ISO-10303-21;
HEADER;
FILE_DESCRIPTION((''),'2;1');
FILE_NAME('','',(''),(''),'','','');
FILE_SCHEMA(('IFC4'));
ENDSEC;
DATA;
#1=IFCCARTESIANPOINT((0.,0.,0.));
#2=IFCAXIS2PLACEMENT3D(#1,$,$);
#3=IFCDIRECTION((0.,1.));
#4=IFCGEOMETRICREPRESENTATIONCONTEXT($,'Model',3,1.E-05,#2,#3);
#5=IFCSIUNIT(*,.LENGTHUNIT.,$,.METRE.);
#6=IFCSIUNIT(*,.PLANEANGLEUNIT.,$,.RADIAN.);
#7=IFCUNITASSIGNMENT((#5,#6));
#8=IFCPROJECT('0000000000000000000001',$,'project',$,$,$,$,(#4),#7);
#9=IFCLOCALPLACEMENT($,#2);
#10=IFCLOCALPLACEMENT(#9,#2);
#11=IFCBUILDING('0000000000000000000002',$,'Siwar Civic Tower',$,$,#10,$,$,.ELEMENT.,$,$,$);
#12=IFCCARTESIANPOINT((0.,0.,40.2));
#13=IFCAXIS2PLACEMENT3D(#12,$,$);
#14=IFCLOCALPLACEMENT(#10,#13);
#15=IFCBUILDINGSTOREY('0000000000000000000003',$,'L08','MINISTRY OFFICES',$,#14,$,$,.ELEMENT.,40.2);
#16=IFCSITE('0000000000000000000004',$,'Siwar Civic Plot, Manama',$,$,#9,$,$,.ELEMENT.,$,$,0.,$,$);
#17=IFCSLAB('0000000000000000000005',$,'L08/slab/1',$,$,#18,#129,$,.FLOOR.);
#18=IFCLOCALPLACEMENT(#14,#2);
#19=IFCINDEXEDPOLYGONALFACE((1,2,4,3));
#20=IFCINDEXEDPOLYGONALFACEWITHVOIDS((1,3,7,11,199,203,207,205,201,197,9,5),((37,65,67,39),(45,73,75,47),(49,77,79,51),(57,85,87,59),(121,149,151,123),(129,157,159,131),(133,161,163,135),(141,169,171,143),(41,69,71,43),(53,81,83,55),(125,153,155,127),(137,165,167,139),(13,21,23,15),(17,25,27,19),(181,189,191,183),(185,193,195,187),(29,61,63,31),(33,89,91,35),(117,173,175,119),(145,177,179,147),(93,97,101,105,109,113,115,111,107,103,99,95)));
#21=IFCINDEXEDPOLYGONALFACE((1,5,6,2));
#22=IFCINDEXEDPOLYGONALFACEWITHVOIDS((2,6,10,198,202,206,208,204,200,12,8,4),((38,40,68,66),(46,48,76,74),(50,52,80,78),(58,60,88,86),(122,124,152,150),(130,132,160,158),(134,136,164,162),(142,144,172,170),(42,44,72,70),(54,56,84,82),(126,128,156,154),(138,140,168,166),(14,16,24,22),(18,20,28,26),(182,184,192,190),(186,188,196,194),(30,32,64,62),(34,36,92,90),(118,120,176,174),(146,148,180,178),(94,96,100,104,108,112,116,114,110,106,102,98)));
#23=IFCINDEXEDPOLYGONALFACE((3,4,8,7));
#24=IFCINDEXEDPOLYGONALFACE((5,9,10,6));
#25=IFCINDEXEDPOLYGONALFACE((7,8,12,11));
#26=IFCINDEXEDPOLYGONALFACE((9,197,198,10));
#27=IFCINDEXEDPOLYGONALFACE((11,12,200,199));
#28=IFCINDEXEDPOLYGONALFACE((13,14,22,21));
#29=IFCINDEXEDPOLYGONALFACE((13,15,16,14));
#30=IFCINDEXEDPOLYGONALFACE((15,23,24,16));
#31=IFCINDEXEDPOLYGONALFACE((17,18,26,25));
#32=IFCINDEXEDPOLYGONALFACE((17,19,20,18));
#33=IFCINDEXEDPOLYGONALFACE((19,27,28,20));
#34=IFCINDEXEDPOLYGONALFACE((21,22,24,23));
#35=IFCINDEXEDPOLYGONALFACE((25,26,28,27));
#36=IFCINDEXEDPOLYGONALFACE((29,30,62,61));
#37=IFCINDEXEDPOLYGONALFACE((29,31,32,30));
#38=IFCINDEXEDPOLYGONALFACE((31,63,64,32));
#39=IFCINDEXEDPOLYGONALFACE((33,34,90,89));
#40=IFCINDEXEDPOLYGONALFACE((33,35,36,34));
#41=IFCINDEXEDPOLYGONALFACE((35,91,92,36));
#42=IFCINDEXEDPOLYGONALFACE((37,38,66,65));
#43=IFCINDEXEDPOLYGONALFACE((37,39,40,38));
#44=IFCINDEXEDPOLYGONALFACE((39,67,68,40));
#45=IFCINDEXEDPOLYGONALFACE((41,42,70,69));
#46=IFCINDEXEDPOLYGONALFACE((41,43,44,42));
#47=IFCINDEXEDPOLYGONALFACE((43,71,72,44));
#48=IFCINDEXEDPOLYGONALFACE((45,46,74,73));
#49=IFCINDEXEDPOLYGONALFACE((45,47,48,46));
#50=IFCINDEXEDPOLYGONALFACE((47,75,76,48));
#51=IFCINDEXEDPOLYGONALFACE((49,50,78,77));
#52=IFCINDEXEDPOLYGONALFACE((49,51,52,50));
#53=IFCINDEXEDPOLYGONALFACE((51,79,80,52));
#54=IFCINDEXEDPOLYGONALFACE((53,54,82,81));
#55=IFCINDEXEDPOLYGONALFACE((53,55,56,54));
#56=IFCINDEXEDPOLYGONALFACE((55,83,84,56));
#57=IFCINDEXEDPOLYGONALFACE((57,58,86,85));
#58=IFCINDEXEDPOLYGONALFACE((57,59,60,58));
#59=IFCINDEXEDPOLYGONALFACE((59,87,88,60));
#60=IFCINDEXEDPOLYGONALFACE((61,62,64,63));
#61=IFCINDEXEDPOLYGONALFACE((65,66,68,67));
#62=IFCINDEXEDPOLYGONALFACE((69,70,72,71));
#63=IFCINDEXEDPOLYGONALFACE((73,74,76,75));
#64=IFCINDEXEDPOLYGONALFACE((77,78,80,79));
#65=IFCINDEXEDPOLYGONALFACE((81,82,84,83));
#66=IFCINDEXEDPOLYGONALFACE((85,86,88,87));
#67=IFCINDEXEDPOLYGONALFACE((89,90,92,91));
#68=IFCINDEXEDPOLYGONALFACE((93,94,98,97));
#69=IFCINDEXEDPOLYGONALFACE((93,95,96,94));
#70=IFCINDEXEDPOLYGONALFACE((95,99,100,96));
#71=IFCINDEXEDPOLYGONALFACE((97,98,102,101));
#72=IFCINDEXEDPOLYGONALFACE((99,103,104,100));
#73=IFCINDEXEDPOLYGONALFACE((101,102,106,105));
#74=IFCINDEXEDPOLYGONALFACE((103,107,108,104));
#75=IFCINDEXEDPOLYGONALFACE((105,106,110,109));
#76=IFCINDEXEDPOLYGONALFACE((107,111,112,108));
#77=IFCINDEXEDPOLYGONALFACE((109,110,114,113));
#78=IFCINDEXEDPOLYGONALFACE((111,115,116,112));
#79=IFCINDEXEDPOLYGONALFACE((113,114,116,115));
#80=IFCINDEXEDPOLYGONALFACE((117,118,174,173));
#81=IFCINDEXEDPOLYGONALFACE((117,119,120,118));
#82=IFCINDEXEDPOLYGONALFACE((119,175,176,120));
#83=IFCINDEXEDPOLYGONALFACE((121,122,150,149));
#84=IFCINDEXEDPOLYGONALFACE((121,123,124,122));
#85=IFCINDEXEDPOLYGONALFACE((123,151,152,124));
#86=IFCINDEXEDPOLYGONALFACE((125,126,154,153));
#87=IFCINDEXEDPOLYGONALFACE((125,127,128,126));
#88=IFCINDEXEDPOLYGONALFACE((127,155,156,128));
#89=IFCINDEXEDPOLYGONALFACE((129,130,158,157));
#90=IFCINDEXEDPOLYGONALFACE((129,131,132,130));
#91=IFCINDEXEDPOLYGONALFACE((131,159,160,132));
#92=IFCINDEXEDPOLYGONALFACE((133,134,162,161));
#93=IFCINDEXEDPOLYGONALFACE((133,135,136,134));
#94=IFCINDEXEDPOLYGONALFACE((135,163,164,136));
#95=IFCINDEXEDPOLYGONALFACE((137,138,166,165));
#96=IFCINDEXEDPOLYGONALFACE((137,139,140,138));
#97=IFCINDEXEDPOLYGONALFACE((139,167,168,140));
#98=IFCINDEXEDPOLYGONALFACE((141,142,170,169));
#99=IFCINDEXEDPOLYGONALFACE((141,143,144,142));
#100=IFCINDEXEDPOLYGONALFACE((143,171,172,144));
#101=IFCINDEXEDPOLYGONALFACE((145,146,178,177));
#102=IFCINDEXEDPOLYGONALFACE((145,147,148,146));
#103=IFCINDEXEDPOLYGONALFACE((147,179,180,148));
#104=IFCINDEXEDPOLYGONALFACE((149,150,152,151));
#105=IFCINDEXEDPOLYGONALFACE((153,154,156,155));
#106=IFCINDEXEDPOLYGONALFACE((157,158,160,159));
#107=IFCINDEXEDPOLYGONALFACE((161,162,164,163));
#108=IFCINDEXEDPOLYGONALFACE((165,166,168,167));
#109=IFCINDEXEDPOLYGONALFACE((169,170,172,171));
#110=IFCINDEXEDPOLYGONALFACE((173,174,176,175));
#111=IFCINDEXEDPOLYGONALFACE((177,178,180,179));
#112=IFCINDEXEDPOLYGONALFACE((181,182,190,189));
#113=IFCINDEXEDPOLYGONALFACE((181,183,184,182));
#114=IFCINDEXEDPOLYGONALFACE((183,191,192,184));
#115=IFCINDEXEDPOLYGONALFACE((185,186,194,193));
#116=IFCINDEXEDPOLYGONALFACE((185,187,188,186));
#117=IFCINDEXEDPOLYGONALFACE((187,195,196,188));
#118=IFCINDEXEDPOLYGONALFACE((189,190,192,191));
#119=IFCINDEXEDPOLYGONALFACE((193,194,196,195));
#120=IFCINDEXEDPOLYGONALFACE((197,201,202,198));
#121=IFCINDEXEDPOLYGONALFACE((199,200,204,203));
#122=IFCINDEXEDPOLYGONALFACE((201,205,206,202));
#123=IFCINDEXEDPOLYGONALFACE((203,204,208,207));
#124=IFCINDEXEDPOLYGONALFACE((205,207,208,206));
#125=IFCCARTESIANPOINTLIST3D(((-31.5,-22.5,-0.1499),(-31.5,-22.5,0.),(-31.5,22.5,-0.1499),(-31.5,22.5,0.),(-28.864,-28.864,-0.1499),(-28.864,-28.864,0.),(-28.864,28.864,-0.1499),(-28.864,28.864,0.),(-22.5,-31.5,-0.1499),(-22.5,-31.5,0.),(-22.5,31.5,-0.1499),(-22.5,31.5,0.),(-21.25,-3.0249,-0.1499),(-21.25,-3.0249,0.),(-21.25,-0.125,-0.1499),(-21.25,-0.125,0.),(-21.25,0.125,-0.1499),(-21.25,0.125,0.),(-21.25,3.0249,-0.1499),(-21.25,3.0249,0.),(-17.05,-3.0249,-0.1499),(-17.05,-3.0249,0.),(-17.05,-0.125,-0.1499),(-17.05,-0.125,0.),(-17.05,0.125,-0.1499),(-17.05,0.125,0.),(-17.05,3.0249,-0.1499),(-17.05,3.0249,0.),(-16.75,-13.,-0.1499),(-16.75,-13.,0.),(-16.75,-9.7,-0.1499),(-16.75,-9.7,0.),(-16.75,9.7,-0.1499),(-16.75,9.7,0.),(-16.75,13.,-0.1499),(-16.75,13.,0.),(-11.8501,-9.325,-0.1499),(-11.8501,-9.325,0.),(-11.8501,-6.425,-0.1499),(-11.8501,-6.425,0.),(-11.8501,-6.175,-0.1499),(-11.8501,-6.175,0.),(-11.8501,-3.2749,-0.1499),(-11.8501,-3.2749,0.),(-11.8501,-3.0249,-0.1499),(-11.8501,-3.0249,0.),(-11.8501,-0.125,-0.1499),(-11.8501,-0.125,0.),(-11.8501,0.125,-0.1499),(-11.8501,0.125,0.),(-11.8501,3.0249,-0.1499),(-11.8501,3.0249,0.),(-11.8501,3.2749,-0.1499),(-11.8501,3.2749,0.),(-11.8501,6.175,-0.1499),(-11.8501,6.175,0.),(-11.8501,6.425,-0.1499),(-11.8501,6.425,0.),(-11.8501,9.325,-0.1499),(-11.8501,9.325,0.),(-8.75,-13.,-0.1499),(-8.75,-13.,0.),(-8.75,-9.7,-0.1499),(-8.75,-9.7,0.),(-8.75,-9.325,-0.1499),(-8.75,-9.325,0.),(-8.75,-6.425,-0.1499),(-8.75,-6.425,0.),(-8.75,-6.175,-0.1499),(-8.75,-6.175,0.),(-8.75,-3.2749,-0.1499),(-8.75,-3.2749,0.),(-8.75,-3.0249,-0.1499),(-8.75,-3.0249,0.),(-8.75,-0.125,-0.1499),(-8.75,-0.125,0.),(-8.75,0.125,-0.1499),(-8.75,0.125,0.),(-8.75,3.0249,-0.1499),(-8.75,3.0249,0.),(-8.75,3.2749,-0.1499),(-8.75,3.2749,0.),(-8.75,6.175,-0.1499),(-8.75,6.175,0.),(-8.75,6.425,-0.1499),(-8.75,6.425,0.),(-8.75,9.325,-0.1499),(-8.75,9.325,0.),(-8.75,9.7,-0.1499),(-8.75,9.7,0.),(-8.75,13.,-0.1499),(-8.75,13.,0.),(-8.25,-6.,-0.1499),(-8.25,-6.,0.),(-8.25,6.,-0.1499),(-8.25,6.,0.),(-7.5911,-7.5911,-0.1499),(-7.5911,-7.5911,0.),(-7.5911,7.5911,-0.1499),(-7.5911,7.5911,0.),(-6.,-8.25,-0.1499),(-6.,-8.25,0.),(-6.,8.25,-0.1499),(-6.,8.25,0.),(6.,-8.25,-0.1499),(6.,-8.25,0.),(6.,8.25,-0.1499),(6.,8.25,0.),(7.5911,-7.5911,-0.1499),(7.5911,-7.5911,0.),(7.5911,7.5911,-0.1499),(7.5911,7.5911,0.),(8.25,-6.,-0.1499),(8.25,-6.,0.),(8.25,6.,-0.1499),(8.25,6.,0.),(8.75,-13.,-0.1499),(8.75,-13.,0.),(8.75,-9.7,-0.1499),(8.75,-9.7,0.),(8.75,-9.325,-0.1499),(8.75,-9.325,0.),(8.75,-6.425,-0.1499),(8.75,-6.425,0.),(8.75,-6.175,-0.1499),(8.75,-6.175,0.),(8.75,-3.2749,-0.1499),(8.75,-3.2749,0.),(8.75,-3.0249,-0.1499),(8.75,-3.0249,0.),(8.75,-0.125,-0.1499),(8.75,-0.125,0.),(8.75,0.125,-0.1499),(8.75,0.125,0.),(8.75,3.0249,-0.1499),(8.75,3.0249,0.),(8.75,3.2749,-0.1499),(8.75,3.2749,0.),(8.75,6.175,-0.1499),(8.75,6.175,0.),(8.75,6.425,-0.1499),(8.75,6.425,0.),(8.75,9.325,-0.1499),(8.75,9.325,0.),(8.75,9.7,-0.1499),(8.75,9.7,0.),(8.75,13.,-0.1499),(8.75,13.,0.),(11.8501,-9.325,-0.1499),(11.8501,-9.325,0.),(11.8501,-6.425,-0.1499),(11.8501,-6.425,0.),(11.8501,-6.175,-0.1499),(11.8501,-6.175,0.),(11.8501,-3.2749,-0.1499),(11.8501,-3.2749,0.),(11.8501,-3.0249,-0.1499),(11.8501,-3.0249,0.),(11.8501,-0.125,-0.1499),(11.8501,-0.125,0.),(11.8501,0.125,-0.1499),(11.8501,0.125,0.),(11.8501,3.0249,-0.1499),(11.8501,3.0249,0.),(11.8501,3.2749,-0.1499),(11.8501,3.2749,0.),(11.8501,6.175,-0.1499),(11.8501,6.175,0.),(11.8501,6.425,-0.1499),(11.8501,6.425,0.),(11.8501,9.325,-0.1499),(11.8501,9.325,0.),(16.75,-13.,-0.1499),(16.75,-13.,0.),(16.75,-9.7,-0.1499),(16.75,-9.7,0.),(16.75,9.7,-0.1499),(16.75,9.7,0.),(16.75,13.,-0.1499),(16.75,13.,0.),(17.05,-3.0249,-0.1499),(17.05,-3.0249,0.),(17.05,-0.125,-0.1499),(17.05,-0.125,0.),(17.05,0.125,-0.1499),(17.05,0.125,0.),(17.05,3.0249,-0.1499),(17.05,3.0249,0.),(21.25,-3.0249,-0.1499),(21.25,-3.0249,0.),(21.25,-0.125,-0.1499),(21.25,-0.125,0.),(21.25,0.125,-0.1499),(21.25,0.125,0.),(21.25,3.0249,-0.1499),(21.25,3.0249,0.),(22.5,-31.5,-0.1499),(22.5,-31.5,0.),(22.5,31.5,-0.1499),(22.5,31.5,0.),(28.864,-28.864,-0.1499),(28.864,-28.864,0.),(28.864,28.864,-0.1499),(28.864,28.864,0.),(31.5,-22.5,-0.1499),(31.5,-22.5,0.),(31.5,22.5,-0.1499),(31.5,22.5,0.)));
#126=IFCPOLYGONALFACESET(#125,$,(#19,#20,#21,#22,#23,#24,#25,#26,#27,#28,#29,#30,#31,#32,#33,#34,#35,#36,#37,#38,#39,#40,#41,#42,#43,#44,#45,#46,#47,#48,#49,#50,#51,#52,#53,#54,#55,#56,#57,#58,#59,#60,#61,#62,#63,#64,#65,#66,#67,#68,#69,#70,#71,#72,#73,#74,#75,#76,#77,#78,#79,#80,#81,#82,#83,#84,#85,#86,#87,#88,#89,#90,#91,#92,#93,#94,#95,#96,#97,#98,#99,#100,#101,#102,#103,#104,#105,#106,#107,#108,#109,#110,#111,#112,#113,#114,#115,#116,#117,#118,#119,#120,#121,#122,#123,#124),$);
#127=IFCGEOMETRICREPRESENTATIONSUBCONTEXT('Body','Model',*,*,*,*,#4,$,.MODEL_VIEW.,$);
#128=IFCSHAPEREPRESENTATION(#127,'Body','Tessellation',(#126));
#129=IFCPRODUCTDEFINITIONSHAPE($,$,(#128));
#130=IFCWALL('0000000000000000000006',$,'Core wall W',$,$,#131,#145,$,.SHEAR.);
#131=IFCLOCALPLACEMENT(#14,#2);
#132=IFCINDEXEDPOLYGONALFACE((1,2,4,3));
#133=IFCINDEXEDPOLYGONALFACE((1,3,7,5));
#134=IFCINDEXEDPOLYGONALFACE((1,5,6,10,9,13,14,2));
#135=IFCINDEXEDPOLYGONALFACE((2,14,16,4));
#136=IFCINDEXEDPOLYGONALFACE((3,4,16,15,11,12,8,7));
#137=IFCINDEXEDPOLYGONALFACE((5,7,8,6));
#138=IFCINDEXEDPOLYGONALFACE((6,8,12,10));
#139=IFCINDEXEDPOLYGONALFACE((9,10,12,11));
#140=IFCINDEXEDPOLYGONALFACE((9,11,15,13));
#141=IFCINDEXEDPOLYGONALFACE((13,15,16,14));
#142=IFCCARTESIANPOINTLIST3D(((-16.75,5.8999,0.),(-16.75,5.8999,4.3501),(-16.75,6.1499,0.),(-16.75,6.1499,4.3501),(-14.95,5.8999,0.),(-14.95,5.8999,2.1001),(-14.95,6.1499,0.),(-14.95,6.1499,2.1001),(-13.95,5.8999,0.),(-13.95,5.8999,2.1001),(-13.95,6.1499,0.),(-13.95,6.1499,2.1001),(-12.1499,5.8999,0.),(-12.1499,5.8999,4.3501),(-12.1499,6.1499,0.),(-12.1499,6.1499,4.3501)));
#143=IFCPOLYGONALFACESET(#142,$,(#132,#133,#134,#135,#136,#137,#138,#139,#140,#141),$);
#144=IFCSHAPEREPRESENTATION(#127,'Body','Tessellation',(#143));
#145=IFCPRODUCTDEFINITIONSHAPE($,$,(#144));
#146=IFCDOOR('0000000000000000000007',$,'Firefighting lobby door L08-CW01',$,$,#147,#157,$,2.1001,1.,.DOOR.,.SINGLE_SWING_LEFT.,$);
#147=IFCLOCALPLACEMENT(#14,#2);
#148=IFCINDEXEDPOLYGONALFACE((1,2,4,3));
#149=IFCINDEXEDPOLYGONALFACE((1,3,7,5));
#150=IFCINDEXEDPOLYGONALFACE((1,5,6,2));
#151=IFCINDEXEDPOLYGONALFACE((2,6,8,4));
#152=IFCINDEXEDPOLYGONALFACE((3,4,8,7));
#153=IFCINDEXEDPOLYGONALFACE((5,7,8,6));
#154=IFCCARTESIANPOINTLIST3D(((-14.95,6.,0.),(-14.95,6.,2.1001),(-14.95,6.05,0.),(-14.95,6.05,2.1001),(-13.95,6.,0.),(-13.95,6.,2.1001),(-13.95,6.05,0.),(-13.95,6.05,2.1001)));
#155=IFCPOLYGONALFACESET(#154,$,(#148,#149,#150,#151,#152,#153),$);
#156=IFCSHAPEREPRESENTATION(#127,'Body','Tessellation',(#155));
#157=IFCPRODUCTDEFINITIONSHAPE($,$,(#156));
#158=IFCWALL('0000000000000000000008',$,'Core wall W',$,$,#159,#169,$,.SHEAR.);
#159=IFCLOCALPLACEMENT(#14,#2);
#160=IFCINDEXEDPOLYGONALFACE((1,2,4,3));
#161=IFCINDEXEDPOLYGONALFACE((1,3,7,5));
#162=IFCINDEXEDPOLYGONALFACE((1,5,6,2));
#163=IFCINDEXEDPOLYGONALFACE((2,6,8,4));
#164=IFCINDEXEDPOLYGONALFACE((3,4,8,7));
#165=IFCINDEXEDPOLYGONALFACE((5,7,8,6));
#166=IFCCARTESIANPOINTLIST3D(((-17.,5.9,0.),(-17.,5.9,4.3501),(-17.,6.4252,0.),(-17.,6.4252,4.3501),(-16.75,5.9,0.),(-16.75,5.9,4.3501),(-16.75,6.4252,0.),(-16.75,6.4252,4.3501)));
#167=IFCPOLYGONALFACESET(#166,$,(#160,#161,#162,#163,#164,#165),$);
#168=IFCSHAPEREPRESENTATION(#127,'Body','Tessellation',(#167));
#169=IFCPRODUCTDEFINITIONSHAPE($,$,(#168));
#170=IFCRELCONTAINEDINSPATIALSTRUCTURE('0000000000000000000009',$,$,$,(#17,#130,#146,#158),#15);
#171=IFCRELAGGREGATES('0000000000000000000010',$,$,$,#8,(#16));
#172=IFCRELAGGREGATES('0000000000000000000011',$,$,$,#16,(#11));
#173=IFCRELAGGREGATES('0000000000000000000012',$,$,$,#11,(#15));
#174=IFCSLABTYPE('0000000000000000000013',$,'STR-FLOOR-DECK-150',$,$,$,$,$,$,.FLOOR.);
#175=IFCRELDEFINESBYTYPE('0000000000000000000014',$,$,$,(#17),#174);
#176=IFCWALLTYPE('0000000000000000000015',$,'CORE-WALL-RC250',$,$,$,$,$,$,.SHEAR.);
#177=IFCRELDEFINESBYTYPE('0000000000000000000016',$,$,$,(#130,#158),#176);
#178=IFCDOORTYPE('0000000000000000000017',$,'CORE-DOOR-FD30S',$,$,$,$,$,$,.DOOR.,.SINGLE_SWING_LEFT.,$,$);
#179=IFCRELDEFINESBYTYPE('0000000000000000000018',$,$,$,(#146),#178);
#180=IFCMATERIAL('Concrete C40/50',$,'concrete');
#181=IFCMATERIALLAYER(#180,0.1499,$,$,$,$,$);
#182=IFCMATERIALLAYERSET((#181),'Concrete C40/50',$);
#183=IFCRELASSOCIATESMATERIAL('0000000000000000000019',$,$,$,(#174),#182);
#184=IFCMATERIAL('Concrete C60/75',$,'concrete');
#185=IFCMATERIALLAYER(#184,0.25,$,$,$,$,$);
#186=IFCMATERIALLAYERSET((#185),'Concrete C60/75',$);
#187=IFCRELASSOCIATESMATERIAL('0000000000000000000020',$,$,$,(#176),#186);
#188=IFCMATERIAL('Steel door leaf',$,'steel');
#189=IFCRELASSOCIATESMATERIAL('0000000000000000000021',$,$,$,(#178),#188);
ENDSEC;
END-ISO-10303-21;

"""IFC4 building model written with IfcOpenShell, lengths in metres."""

from ifc_helpers import new_model, si_unit, direction, frame, frame_2d, origin, place, context, subcontext, project, spatial, polyline, rectangle, outline, extrude, material, layer, layer_set, type_object, element, fill, save


model = new_model("IFC4")

# Units and contexts
model_context = context("Model", 3, precision=1e-05, world=origin(), true_north=direction((0.0, 1.0)))
body_context = subcontext(model_context, "Body", "Model", "MODEL_VIEW")
ifc_project = project(units=[si_unit("LENGTHUNIT", "METRE"), si_unit("PLANEANGLEUNIT", "RADIAN")], contexts=[model_context])

# Site, building, storey
site_placement = place(None, origin())
site = spatial("IfcSite", under=ifc_project, at=site_placement, Name="Siwar Civic Plot, Manama", CompositionType="ELEMENT", RefElevation=0.0)
building_placement = place(site_placement, origin())
building = spatial("IfcBuilding", under=site, at=building_placement, Name="Siwar Civic Tower", CompositionType="ELEMENT")
storey_placement = place(building_placement, frame((0.0, 0.0, 40.2)))
storey = spatial("IfcBuildingStorey", under=building, at=storey_placement, Name="L08", Description="MINISTRY OFFICES", CompositionType="ELEMENT", Elevation=40.2)

# Slab
ifc_material_1 = material(Name="Concrete C40/50", Category="concrete")
ifc_layer_1 = layer(ifc_material_1, 0.1499)
ifc_layer_set_1 = layer_set([ifc_layer_1], Name="Concrete C40/50")
slab_type = type_object("IfcSlabType", Name="STR-FLOOR-DECK-150", PredefinedType="FLOOR", material=ifc_layer_set_1)
slab_placement = place(storey_placement, frame((0.0, 0.0, -0.1499)))
element("IfcSlab", 1, at=slab_placement, inside=storey, type_object=slab_type, Name="L08/slab/1", PredefinedType="FLOOR", context=body_context, shape_type="SweptSolid", body=[
    extrude(outline(polyline([(-22.5, -31.5), (22.5, -31.5), (28.864, -28.864), (31.5, -22.5), (31.5, 22.5), (28.864, 28.864), (22.5, 31.5), (-22.5, 31.5), (-28.864, 28.864), (-31.5, 22.5), (-31.5, -22.5), (-28.864, -28.864), (-22.5, -31.5)]), holes=[polyline([(21.25, 3.0249), (21.25, 0.125), (17.05, 0.125), (17.05, 3.0249), (21.25, 3.0249)]), polyline([(17.05, -0.125), (21.25, -0.125), (21.25, -3.0249), (17.05, -3.0249), (17.05, -0.125)]), polyline([(16.75, 13.0), (16.75, 9.7), (8.75, 9.7), (8.75, 13.0), (16.75, 13.0)]), polyline([(8.75, -9.7), (16.75, -9.7), (16.75, -13.0), (8.75, -13.0), (8.75, -9.7)]), polyline([(11.8501, 9.325), (11.8501, 6.425), (8.75, 6.425), (8.75, 9.325), (11.8501, 9.325)]), polyline([(11.8501, 3.0249), (11.8501, 0.125), (8.75, 0.125), (8.75, 3.0249), (11.8501, 3.0249)]), polyline([(11.8501, -0.125), (11.8501, -3.0249), (8.75, -3.0249), (8.75, -0.125), (11.8501, -0.125)]), polyline([(11.8501, -3.2749), (11.8501, -6.175), (8.75, -6.175), (8.75, -3.2749), (11.8501, -3.2749)]), polyline([(8.75, 6.175), (11.8501, 6.175), (11.8501, 3.2749), (8.75, 3.2749), (8.75, 6.175)]), polyline([(8.75, -6.425), (11.8501, -6.425), (11.8501, -9.325), (8.75, -9.325), (8.75, -6.425)]), polyline([(-6.0, 8.25), (6.0, 8.25), (7.5911, 7.5911), (8.25, 6.0), (8.25, -6.0), (7.5911, -7.5911), (6.0, -8.25), (-6.0, -8.25), (-7.5911, -7.5911), (-8.25, -6.0), (-8.25, 6.0), (-7.5911, 7.5911), (-6.0, 8.25)]), polyline([(-8.75, 9.7), (-16.75, 9.7), (-16.75, 13.0), (-8.75, 13.0), (-8.75, 9.7)]), polyline([(-8.75, 0.125), (-11.8501, 0.125), (-11.8501, 3.0249), (-8.75, 3.0249), (-8.75, 0.125)]), polyline([(-8.75, -6.175), (-11.8501, -6.175), (-11.8501, -3.2749), (-8.75, -3.2749), (-8.75, -6.175)]), polyline([(-8.75, -9.325), (-11.8501, -9.325), (-11.8501, -6.425), (-8.75, -6.425), (-8.75, -9.325)]), polyline([(-8.75, -13.0), (-16.75, -13.0), (-16.75, -9.7), (-8.75, -9.7), (-8.75, -13.0)]), polyline([(-11.8501, 6.425), (-11.8501, 9.325), (-8.75, 9.325), (-8.75, 6.425), (-11.8501, 6.425)]), polyline([(-11.8501, 3.2749), (-11.8501, 6.175), (-8.75, 6.175), (-8.75, 3.2749), (-11.8501, 3.2749)]), polyline([(-11.8501, -3.0249), (-11.8501, -0.125), (-8.75, -0.125), (-8.75, -3.0249), (-11.8501, -3.0249)]), polyline([(-21.25, -3.0249), (-21.25, -0.125), (-17.05, -0.125), (-17.05, -3.0249), (-21.25, -3.0249)]), polyline([(-17.05, 0.125), (-21.25, 0.125), (-21.25, 3.0249), (-17.05, 3.0249), (-17.05, 0.125)])]), origin(), (0.0, 0.0, 1.0), 0.1499),
])

# Wall, opening, door
ifc_material_2 = material(Name="Concrete C60/75", Category="concrete")
ifc_layer_2 = layer(ifc_material_2, 0.25)
ifc_layer_set_2 = layer_set([ifc_layer_2], Name="Concrete C60/75")
wall_type_1 = type_object("IfcWallType", Name="CORE-WALL-RC250", PredefinedType="SHEAR", material=ifc_layer_set_2)
wall_1_placement = place(storey_placement, frame((-12.1499, 6.0249, 0.0), z_axis=(0.0, 0.0, 1.0), x_axis=(-1.0, 0.0, 0.0)))
wall_1 = element("IfcWall", 2, at=wall_1_placement, inside=storey, type_object=wall_type_1, Name="Core wall W", PredefinedType="SHEAR", context=body_context, shape_type="SweptSolid", body=[
    extrude(rectangle(XDim=4.6001, YDim=0.25, at=frame_2d((2.3, 0.0))), origin(), (0.0, 0.0, 1.0), 4.3501),
])
opening_1_placement = place(wall_1_placement, frame((1.8, 0.0, 0.0)))
opening_1 = element("IfcOpeningElement", 3, at=opening_1_placement, cuts=wall_1, PredefinedType="OPENING", context=body_context, shape_type="SweptSolid", body=[
    extrude(rectangle(XDim=1.0, YDim=2.1001, at=frame_2d((0.5, 1.05))), frame((0.0, 0.135, 0.0), z_axis=(0.0, -1.0, 0.0), x_axis=(1.0, 0.0, 0.0)), (0.0, 0.0, 1.0), 0.27),
])
ifc_material_3 = material(Name="Steel door leaf", Category="steel")
door_type_1 = type_object("IfcDoorType", Name="CORE-DOOR-FD30S", OperationType="SINGLE_SWING_LEFT", PredefinedType="DOOR", material=ifc_material_3)
door_1_placement = place(opening_1_placement, origin())
door_1 = element("IfcDoor", 4, at=door_1_placement, inside=storey, type_object=door_type_1, Name="Firefighting lobby door L08-CW01", OperationType="SINGLE_SWING_LEFT", OverallHeight=2.1001, OverallWidth=1.0, PredefinedType="DOOR", context=body_context, shape_type="SweptSolid", body=[
    extrude(rectangle(XDim=1.0, YDim=2.1001, at=frame_2d((0.5, 1.05))), frame((0.0, 0.0249, 0.0), z_axis=(0.0, -1.0, 0.0), x_axis=(1.0, 0.0, 0.0)), (0.0, 0.0, 1.0), 0.05),
])
fill(opening_1, door_1)

# Wall
wall_2_placement = place(storey_placement, frame((-16.875, 5.8999, 0.0), z_axis=(0.0, 0.0, 1.0), x_axis=(0.0, 1.0, 0.0)))
element("IfcWall", 5, at=wall_2_placement, inside=storey, type_object=wall_type_1, Name="Core wall W", PredefinedType="SHEAR", context=body_context, shape_type="SweptSolid", body=[
    extrude(rectangle(XDim=0.5251, YDim=0.25, at=frame_2d((0.2627, 0.0))), origin(), (0.0, 0.0, 1.0), 4.3501),
])

save(model, "model.ifc")
